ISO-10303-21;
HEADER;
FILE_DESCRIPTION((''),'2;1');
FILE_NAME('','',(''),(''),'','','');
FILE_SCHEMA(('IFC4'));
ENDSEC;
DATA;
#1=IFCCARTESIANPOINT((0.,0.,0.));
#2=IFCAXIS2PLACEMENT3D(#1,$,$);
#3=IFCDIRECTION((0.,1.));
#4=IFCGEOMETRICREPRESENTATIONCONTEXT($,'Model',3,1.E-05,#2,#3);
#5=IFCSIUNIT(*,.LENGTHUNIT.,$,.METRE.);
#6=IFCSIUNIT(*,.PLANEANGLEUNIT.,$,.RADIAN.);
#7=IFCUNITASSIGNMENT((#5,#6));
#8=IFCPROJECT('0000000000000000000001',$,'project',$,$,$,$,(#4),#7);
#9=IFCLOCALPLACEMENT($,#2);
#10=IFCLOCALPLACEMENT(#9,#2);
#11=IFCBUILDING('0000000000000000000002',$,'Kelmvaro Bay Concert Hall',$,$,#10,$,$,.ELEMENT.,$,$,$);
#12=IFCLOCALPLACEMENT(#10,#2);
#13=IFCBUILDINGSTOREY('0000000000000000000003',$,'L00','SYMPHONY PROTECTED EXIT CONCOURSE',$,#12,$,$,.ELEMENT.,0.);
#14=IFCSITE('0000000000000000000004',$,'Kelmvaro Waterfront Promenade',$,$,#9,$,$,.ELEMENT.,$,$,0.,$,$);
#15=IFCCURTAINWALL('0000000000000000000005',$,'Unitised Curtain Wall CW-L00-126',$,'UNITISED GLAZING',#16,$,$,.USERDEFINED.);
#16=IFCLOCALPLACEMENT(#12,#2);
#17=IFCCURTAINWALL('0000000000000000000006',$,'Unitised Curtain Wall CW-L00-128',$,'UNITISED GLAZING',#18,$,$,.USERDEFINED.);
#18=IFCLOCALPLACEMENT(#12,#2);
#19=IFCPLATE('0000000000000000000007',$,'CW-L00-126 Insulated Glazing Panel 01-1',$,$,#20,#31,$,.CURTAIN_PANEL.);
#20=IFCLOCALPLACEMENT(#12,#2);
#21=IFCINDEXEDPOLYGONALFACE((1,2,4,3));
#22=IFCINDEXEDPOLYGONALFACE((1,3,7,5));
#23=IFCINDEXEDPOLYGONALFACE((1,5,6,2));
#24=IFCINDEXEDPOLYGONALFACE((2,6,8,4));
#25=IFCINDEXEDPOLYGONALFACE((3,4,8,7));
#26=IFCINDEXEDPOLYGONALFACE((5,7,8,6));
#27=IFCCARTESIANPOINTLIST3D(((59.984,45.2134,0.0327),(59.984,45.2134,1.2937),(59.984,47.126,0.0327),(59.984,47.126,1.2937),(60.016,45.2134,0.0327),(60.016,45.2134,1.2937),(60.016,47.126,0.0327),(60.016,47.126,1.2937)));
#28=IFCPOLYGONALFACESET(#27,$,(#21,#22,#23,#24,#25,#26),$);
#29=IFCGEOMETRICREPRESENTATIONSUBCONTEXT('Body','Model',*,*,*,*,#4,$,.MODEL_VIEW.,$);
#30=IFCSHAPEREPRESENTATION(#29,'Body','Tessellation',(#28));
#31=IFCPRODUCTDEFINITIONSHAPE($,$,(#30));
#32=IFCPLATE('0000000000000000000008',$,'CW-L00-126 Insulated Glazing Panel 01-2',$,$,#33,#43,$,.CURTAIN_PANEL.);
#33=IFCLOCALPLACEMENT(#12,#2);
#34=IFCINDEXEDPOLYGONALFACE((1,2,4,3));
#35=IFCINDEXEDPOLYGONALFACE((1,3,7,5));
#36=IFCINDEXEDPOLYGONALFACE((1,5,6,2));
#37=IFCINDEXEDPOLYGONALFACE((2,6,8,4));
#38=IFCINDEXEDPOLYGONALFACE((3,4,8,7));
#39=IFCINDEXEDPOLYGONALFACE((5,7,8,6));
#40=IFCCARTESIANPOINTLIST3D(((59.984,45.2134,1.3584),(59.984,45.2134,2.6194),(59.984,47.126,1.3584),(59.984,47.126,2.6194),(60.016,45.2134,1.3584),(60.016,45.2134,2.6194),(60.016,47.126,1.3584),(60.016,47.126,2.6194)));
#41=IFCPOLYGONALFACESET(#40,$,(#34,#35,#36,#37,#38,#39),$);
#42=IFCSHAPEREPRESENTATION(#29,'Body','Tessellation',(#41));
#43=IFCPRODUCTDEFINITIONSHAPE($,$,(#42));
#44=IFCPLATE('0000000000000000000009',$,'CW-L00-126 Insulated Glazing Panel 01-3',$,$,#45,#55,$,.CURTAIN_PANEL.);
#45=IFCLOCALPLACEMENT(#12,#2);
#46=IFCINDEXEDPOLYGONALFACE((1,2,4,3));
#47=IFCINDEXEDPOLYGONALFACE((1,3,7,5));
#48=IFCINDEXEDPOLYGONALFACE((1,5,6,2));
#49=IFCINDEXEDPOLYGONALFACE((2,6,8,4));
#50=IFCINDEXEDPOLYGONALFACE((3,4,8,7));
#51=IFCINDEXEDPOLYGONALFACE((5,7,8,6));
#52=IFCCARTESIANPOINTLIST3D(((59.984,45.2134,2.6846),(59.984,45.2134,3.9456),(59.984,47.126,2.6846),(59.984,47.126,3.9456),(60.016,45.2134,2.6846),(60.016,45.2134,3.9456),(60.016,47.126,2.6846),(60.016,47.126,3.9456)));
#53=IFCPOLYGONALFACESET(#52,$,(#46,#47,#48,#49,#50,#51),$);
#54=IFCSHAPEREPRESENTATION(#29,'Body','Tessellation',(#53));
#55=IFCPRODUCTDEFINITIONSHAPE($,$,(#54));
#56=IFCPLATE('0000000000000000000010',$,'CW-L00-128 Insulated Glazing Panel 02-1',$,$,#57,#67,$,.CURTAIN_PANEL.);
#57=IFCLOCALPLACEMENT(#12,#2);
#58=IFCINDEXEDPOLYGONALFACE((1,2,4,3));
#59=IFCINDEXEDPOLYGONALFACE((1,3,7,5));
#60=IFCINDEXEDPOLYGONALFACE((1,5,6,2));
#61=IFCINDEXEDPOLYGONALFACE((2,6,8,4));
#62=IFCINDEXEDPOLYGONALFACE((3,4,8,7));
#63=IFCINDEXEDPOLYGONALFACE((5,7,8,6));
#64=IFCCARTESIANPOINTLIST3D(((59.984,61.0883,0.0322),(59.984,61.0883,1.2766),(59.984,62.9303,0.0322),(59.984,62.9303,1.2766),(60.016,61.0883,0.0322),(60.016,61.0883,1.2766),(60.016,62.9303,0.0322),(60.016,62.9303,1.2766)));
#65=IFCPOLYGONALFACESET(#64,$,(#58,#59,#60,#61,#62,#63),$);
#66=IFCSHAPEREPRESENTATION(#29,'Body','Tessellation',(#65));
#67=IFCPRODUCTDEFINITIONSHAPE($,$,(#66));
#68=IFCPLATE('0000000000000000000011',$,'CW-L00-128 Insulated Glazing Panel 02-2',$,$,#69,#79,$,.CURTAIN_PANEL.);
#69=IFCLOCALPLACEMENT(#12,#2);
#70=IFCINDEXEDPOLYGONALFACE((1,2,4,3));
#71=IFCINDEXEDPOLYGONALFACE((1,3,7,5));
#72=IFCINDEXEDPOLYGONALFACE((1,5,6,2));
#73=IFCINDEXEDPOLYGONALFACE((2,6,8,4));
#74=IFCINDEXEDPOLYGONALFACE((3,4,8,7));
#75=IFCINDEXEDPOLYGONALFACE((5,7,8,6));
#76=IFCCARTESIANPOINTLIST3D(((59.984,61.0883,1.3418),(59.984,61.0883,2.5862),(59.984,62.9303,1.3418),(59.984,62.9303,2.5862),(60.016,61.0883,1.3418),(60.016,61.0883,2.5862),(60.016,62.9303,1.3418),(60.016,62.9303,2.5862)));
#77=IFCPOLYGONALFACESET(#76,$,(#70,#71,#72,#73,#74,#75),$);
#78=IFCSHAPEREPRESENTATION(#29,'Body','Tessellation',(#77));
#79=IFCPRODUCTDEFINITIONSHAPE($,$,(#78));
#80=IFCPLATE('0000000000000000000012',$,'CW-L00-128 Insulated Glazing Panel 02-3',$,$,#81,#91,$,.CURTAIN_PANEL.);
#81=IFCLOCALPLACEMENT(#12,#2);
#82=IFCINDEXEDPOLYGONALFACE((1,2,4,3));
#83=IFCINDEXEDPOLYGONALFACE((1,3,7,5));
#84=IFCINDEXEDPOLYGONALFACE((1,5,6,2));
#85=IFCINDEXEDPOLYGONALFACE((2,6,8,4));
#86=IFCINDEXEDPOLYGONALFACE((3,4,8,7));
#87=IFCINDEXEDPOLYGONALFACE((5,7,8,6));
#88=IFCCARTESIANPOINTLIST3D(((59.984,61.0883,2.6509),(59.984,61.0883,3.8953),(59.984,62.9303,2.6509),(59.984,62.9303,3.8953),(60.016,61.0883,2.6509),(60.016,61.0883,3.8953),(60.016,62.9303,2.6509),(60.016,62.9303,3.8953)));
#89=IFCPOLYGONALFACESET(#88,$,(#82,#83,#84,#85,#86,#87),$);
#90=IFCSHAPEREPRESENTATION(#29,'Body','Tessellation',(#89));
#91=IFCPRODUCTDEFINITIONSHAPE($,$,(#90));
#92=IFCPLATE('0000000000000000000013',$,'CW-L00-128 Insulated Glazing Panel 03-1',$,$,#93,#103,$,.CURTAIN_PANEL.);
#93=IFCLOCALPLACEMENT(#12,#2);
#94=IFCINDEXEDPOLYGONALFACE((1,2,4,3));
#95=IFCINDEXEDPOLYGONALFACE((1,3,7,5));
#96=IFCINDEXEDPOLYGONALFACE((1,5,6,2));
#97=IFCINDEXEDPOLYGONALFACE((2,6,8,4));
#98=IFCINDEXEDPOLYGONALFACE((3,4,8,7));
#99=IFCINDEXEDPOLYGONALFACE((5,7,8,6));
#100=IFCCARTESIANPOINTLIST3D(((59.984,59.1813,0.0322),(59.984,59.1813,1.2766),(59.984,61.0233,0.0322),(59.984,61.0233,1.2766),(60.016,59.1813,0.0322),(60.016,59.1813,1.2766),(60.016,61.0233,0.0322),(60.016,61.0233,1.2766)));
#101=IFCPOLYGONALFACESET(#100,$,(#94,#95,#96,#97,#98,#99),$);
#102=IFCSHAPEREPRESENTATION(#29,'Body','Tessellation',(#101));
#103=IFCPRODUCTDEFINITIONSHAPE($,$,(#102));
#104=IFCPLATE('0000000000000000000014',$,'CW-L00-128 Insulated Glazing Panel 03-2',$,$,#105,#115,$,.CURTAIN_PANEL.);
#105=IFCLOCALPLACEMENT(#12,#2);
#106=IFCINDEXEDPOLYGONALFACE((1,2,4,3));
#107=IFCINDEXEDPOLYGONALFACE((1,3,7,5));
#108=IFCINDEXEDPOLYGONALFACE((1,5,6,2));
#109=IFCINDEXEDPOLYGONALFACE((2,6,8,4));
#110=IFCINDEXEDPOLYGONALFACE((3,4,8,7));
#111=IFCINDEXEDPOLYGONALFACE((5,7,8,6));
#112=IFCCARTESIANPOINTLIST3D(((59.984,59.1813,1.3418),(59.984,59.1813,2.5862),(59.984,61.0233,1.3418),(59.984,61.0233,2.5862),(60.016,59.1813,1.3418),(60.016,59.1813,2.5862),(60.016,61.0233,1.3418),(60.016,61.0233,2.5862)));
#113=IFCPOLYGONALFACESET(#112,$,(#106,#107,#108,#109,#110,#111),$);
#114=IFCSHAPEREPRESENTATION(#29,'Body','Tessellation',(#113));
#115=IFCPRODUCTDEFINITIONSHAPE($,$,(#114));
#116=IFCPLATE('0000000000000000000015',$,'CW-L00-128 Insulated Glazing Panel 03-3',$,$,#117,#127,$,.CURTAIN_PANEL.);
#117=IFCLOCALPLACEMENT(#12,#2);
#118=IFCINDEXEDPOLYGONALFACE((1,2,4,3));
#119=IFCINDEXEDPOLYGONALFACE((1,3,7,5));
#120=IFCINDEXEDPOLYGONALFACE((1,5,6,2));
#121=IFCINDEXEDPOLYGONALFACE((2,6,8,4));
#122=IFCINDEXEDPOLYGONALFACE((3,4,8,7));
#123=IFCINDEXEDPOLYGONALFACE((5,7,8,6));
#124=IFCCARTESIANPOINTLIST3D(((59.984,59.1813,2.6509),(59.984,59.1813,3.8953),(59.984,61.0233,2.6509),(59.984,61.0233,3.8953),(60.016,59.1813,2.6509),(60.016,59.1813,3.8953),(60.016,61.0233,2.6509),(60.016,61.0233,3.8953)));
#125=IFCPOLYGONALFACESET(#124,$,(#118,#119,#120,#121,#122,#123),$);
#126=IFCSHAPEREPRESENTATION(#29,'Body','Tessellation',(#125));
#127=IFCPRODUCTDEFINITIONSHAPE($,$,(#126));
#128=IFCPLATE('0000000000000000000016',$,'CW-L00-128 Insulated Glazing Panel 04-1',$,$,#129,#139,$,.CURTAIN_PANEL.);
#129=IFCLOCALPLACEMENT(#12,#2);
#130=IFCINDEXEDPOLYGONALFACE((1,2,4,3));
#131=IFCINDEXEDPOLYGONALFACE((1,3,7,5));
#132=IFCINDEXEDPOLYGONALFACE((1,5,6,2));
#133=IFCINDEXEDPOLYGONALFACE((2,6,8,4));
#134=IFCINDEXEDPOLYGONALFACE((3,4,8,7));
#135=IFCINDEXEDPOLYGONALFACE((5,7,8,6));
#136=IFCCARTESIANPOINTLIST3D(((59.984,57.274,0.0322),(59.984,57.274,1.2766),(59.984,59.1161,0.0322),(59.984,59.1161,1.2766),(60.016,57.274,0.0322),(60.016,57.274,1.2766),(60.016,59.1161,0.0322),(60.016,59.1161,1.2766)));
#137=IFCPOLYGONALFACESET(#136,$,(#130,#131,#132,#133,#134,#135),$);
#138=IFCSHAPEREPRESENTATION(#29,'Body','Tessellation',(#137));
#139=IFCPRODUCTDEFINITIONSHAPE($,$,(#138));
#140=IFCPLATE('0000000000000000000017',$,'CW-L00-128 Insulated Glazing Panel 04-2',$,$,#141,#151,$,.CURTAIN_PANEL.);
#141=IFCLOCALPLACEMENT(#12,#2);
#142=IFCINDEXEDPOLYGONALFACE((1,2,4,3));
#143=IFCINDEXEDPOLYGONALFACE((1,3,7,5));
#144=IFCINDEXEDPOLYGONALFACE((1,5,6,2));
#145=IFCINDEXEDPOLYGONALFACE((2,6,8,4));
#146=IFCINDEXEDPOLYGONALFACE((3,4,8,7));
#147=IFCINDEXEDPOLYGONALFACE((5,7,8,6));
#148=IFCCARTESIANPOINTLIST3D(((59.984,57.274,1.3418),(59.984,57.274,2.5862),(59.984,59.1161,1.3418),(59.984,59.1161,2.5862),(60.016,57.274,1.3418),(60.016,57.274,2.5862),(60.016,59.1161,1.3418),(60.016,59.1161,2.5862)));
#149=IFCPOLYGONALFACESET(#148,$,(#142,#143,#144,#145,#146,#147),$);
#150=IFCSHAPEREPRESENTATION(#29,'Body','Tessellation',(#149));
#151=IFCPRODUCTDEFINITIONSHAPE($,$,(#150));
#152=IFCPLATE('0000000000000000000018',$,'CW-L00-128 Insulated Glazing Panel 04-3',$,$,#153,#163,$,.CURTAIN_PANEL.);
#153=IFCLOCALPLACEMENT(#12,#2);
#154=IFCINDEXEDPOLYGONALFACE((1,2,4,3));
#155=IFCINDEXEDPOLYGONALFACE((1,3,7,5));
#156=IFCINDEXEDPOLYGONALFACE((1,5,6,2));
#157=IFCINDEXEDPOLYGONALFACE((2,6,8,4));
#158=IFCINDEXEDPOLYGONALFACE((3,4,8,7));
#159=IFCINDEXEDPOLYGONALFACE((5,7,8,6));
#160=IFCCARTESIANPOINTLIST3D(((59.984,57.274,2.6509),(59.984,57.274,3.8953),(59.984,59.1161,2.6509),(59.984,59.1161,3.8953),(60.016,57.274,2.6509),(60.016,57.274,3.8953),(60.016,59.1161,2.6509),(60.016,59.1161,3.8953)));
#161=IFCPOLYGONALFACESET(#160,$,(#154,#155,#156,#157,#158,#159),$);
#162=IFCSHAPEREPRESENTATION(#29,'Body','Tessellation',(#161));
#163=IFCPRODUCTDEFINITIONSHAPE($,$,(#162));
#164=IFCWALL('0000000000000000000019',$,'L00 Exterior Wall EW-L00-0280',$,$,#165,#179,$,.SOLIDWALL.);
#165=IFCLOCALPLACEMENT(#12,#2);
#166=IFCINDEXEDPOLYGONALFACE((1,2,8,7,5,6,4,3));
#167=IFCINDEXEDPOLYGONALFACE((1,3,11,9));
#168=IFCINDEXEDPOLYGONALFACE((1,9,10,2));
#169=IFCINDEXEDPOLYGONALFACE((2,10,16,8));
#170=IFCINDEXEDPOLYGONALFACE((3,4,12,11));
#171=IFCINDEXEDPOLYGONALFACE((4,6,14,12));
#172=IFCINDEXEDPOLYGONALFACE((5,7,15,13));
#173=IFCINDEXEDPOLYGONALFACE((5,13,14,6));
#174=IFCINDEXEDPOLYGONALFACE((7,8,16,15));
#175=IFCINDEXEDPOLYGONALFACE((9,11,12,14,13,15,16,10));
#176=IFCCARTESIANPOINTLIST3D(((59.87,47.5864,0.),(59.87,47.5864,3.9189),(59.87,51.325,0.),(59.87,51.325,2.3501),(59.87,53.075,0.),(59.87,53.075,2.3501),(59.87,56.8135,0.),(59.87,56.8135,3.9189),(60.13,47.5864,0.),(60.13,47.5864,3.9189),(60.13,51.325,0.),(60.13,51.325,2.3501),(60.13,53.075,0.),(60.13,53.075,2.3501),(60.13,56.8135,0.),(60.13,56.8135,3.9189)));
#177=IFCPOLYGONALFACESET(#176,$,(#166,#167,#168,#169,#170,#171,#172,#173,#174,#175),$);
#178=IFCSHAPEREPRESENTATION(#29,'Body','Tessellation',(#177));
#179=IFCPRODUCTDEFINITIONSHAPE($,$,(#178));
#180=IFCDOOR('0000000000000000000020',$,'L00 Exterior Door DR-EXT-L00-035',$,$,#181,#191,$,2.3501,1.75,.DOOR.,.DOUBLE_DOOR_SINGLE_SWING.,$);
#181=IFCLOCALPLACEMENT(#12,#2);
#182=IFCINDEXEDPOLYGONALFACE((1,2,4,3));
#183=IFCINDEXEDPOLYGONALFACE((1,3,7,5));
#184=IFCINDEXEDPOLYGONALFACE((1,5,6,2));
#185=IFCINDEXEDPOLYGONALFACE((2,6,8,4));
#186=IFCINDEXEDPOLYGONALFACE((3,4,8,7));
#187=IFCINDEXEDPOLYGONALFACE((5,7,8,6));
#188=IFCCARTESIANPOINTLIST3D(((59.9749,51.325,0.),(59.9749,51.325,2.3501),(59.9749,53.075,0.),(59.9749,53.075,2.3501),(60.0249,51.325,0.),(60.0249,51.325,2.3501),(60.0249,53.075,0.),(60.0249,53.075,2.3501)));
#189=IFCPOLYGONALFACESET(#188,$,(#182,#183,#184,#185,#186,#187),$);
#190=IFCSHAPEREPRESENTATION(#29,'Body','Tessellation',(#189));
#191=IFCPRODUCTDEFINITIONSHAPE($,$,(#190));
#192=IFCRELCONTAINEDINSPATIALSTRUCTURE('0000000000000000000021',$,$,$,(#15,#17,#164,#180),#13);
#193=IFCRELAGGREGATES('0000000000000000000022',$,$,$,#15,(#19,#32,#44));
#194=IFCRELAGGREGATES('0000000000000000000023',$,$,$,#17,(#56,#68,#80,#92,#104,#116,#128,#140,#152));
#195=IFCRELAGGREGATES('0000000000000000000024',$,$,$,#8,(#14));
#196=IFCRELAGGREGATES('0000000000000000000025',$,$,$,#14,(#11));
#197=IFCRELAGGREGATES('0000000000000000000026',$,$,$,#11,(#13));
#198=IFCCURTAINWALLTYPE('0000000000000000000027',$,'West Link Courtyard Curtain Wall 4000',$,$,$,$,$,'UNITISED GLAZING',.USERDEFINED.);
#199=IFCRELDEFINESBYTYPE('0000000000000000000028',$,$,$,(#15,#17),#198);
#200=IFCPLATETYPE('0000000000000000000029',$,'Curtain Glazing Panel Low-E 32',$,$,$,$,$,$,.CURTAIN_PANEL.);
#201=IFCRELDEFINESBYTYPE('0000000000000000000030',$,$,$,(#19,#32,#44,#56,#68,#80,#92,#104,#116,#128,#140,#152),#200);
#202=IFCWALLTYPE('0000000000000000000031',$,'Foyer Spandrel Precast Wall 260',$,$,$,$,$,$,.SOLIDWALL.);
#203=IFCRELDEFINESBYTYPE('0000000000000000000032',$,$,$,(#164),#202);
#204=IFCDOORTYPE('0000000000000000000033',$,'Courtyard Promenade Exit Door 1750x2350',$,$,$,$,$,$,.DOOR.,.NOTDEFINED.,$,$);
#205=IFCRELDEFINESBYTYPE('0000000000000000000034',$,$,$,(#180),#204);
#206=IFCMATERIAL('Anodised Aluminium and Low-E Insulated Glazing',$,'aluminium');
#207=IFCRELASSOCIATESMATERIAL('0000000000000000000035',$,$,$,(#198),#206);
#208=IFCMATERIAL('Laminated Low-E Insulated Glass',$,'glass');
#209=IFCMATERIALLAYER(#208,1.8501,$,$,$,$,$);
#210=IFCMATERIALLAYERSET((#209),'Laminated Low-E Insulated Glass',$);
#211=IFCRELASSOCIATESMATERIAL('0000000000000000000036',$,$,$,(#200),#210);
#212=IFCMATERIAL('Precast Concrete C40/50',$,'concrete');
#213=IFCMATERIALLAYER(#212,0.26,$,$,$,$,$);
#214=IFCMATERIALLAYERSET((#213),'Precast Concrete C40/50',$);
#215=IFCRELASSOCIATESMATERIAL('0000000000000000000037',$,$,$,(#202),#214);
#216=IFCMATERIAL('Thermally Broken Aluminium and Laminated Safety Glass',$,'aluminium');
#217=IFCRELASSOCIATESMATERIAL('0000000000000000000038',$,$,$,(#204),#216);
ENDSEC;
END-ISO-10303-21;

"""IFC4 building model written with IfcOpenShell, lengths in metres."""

from ifc_helpers import new_model, si_unit, direction, frame, frame_2d, origin, origin_2d, place, context, subcontext, project, spatial, rectangle, extrude, material, layer, layer_set, type_object, element, fill, aggregate, save


model = new_model("IFC4")

# Units and contexts
model_context = context("Model", 3, precision=1e-05, world=origin(), true_north=direction((0.0, 1.0)))
body_context = subcontext(model_context, "Body", "Model", "MODEL_VIEW")
ifc_project = project(units=[si_unit("LENGTHUNIT", "METRE"), si_unit("PLANEANGLEUNIT", "RADIAN")], contexts=[model_context])

# Site, building, storey
site_placement = place(None, origin())
site = spatial("IfcSite", under=ifc_project, at=site_placement, Name="Kelmvaro Waterfront Promenade", CompositionType="ELEMENT", RefElevation=0.0)
building_placement = place(site_placement, origin())
building = spatial("IfcBuilding", under=site, at=building_placement, Name="Kelmvaro Bay Concert Hall", CompositionType="ELEMENT")
storey_placement = place(building_placement, origin())
storey = spatial("IfcBuildingStorey", under=building, at=storey_placement, Name="L00", Description="SYMPHONY PROTECTED EXIT CONCOURSE", CompositionType="ELEMENT", Elevation=0.0)

# Curtain walls
ifc_material_1 = material(Name="Anodised Aluminium and Low-E Insulated Glazing", Category="aluminium")
curtain_wall_type = type_object("IfcCurtainWallType", Name="West Link Courtyard Curtain Wall 4000", ElementType="UNITISED GLAZING", PredefinedType="USERDEFINED", material=ifc_material_1)
curtain_wall_1_placement = place(storey_placement, origin())
curtain_wall_1 = element("IfcCurtainWall", 1, at=curtain_wall_1_placement, inside=storey, type_object=curtain_wall_type, Name="Unitised Curtain Wall CW-L00-126", ObjectType="UNITISED GLAZING", PredefinedType="USERDEFINED")
curtain_wall_2_placement = place(storey_placement, origin())
curtain_wall_2 = element("IfcCurtainWall", 2, at=curtain_wall_2_placement, inside=storey, type_object=curtain_wall_type, Name="Unitised Curtain Wall CW-L00-128", ObjectType="UNITISED GLAZING", PredefinedType="USERDEFINED")

# Plates
ifc_material_2 = material(Name="Laminated Low-E Insulated Glass", Category="glass")
ifc_layer_1 = layer(ifc_material_2, 1.8501)
ifc_layer_set_1 = layer_set([ifc_layer_1], Name="Laminated Low-E Insulated Glass")
plate_type = type_object("IfcPlateType", Name="Curtain Glazing Panel Low-E 32", PredefinedType="CURTAIN_PANEL", material=ifc_layer_set_1)
plate_1_placement = place(storey_placement, frame((60.0, 46.1697, 0.0327), z_axis=(0.0, 0.0, 1.0), x_axis=(0.0, -1.0, 0.0)))
plate_1 = element("IfcPlate", 3, at=plate_1_placement, type_object=plate_type, Name="CW-L00-126 Insulated Glazing Panel 01-1", PredefinedType="CURTAIN_PANEL", context=body_context, shape_type="SweptSolid", body=[
    extrude(rectangle(XDim=1.9126, YDim=0.032, at=origin_2d()), origin(), (0.0, 0.0, 1.0), 1.261),
])
plate_2_placement = place(storey_placement, frame((60.0, 46.1697, 1.3584), z_axis=(0.0, 0.0, 1.0), x_axis=(0.0, -1.0, 0.0)))
plate_2 = element("IfcPlate", 4, at=plate_2_placement, type_object=plate_type, Name="CW-L00-126 Insulated Glazing Panel 01-2", PredefinedType="CURTAIN_PANEL", context=body_context, shape_type="SweptSolid", body=[
    extrude(rectangle(XDim=1.9126, YDim=0.032, at=origin_2d()), origin(), (0.0, 0.0, 1.0), 1.261),
])
plate_3_placement = place(storey_placement, frame((60.0, 46.1697, 2.6846), z_axis=(0.0, 0.0, 1.0), x_axis=(0.0, -1.0, 0.0)))
plate_3 = element("IfcPlate", 5, at=plate_3_placement, type_object=plate_type, Name="CW-L00-126 Insulated Glazing Panel 01-3", PredefinedType="CURTAIN_PANEL", context=body_context, shape_type="SweptSolid", body=[
    extrude(rectangle(XDim=1.9126, YDim=0.032, at=origin_2d()), origin(), (0.0, 0.0, 1.0), 1.261),
])
aggregate(curtain_wall_1, [plate_1, plate_2, plate_3])
plate_4_placement = place(storey_placement, frame((60.0, 62.0093, 0.0322), z_axis=(0.0, 0.0, 1.0), x_axis=(0.0, -1.0, 0.0)))
plate_4 = element("IfcPlate", 6, at=plate_4_placement, type_object=plate_type, Name="CW-L00-128 Insulated Glazing Panel 02-1", PredefinedType="CURTAIN_PANEL", context=body_context, shape_type="SweptSolid", body=[
    extrude(rectangle(XDim=1.842, YDim=0.032, at=origin_2d()), origin(), (0.0, 0.0, 1.0), 1.2444),
])
plate_5_placement = place(storey_placement, frame((60.0, 62.0093, 1.3418), z_axis=(0.0, 0.0, 1.0), x_axis=(0.0, -1.0, 0.0)))
plate_5 = element("IfcPlate", 7, at=plate_5_placement, type_object=plate_type, Name="CW-L00-128 Insulated Glazing Panel 02-2", PredefinedType="CURTAIN_PANEL", context=body_context, shape_type="SweptSolid", body=[
    extrude(rectangle(XDim=1.842, YDim=0.032, at=origin_2d()), origin(), (0.0, 0.0, 1.0), 1.2444),
])
plate_6_placement = place(storey_placement, frame((60.0, 62.0093, 2.6509), z_axis=(0.0, 0.0, 1.0), x_axis=(0.0, -1.0, 0.0)))
plate_6 = element("IfcPlate", 8, at=plate_6_placement, type_object=plate_type, Name="CW-L00-128 Insulated Glazing Panel 02-3", PredefinedType="CURTAIN_PANEL", context=body_context, shape_type="SweptSolid", body=[
    extrude(rectangle(XDim=1.842, YDim=0.032, at=origin_2d()), origin(), (0.0, 0.0, 1.0), 1.2444),
])
plate_7_placement = place(storey_placement, frame((60.0, 60.1023, 0.0322), z_axis=(0.0, 0.0, 1.0), x_axis=(0.0, -1.0, 0.0)))
plate_7 = element("IfcPlate", 9, at=plate_7_placement, type_object=plate_type, Name="CW-L00-128 Insulated Glazing Panel 03-1", PredefinedType="CURTAIN_PANEL", context=body_context, shape_type="SweptSolid", body=[
    extrude(rectangle(XDim=1.842, YDim=0.032, at=origin_2d()), origin(), (0.0, 0.0, 1.0), 1.2444),
])
plate_8_placement = place(storey_placement, frame((60.0, 60.1023, 1.3418), z_axis=(0.0, 0.0, 1.0), x_axis=(0.0, -1.0, 0.0)))
plate_8 = element("IfcPlate", 10, at=plate_8_placement, type_object=plate_type, Name="CW-L00-128 Insulated Glazing Panel 03-2", PredefinedType="CURTAIN_PANEL", context=body_context, shape_type="SweptSolid", body=[
    extrude(rectangle(XDim=1.842, YDim=0.032, at=origin_2d()), origin(), (0.0, 0.0, 1.0), 1.2444),
])
plate_9_placement = place(storey_placement, frame((60.0, 60.1023, 2.6509), z_axis=(0.0, 0.0, 1.0), x_axis=(0.0, -1.0, 0.0)))
plate_9 = element("IfcPlate", 11, at=plate_9_placement, type_object=plate_type, Name="CW-L00-128 Insulated Glazing Panel 03-3", PredefinedType="CURTAIN_PANEL", context=body_context, shape_type="SweptSolid", body=[
    extrude(rectangle(XDim=1.842, YDim=0.032, at=origin_2d()), origin(), (0.0, 0.0, 1.0), 1.2444),
])
plate_10_placement = place(storey_placement, frame((60.0, 58.1951, 0.0322), z_axis=(0.0, 0.0, 1.0), x_axis=(0.0, -1.0, 0.0)))
plate_10 = element("IfcPlate", 12, at=plate_10_placement, type_object=plate_type, Name="CW-L00-128 Insulated Glazing Panel 04-1", PredefinedType="CURTAIN_PANEL", context=body_context, shape_type="SweptSolid", body=[
    extrude(rectangle(XDim=1.842, YDim=0.032, at=origin_2d()), origin(), (0.0, 0.0, 1.0), 1.2444),
])
plate_11_placement = place(storey_placement, frame((60.0, 58.1951, 1.3418), z_axis=(0.0, 0.0, 1.0), x_axis=(0.0, -1.0, 0.0)))
plate_11 = element("IfcPlate", 13, at=plate_11_placement, type_object=plate_type, Name="CW-L00-128 Insulated Glazing Panel 04-2", PredefinedType="CURTAIN_PANEL", context=body_context, shape_type="SweptSolid", body=[
    extrude(rectangle(XDim=1.842, YDim=0.032, at=origin_2d()), origin(), (0.0, 0.0, 1.0), 1.2444),
])
plate_12_placement = place(storey_placement, frame((60.0, 58.1951, 2.6509), z_axis=(0.0, 0.0, 1.0), x_axis=(0.0, -1.0, 0.0)))
plate_12 = element("IfcPlate", 14, at=plate_12_placement, type_object=plate_type, Name="CW-L00-128 Insulated Glazing Panel 04-3", PredefinedType="CURTAIN_PANEL", context=body_context, shape_type="SweptSolid", body=[
    extrude(rectangle(XDim=1.842, YDim=0.032, at=origin_2d()), origin(), (0.0, 0.0, 1.0), 1.2444),
])
aggregate(curtain_wall_2, [plate_4, plate_5, plate_6, plate_7, plate_8, plate_9, plate_10, plate_11, plate_12])

# Wall, opening, door
ifc_material_3 = material(Name="Precast Concrete C40/50", Category="concrete")
ifc_layer_2 = layer(ifc_material_3, 0.26)
ifc_layer_set_2 = layer_set([ifc_layer_2], Name="Precast Concrete C40/50")
wall_type = type_object("IfcWallType", Name="Foyer Spandrel Precast Wall 260", PredefinedType="SOLIDWALL", material=ifc_layer_set_2)
wall_placement = place(storey_placement, frame((60.0, 56.8135, 0.0), z_axis=(0.0, 0.0, 1.0), x_axis=(0.0, -1.0, 0.0)))
wall = element("IfcWall", 15, at=wall_placement, inside=storey, type_object=wall_type, Name="L00 Exterior Wall EW-L00-0280", PredefinedType="SOLIDWALL", context=body_context, shape_type="SweptSolid", body=[
    extrude(rectangle(XDim=9.2271, YDim=0.26, at=frame_2d((4.6135, 0.0))), origin(), (0.0, 0.0, 1.0), 3.9189),
])
opening_placement = place(wall_placement, frame((3.7385, 0.0, 0.0)))
opening = element("IfcOpeningElement", 16, at=opening_placement, cuts=wall, PredefinedType="OPENING", context=body_context, shape_type="SweptSolid", body=[
    extrude(rectangle(XDim=1.75, YDim=2.3501, at=frame_2d((0.875, 1.175))), frame((0.0, 0.1399, 0.0), z_axis=(0.0, -1.0, 0.0), x_axis=(1.0, 0.0, 0.0)), (0.0, 0.0, 1.0), 0.28),
])
ifc_material_4 = material(Name="Thermally Broken Aluminium and Laminated Safety Glass", Category="aluminium")
door_type = type_object("IfcDoorType", Name="Courtyard Promenade Exit Door 1750x2350", OperationType="NOTDEFINED", PredefinedType="DOOR", material=ifc_material_4)
door_placement = place(opening_placement, origin())
door = element("IfcDoor", 17, at=door_placement, inside=storey, type_object=door_type, Name="L00 Exterior Door DR-EXT-L00-035", OperationType="DOUBLE_DOOR_SINGLE_SWING", OverallHeight=2.3501, OverallWidth=1.75, PredefinedType="DOOR", context=body_context, shape_type="SweptSolid", body=[
    extrude(rectangle(XDim=1.75, YDim=2.3501, at=frame_2d((0.875, 1.175))), frame((0.0, 0.0249, 0.0), z_axis=(0.0, -1.0, 0.0), x_axis=(1.0, 0.0, 0.0)), (0.0, 0.0, 1.0), 0.05),
])
fill(opening, door)

save(model, "model.ifc")
